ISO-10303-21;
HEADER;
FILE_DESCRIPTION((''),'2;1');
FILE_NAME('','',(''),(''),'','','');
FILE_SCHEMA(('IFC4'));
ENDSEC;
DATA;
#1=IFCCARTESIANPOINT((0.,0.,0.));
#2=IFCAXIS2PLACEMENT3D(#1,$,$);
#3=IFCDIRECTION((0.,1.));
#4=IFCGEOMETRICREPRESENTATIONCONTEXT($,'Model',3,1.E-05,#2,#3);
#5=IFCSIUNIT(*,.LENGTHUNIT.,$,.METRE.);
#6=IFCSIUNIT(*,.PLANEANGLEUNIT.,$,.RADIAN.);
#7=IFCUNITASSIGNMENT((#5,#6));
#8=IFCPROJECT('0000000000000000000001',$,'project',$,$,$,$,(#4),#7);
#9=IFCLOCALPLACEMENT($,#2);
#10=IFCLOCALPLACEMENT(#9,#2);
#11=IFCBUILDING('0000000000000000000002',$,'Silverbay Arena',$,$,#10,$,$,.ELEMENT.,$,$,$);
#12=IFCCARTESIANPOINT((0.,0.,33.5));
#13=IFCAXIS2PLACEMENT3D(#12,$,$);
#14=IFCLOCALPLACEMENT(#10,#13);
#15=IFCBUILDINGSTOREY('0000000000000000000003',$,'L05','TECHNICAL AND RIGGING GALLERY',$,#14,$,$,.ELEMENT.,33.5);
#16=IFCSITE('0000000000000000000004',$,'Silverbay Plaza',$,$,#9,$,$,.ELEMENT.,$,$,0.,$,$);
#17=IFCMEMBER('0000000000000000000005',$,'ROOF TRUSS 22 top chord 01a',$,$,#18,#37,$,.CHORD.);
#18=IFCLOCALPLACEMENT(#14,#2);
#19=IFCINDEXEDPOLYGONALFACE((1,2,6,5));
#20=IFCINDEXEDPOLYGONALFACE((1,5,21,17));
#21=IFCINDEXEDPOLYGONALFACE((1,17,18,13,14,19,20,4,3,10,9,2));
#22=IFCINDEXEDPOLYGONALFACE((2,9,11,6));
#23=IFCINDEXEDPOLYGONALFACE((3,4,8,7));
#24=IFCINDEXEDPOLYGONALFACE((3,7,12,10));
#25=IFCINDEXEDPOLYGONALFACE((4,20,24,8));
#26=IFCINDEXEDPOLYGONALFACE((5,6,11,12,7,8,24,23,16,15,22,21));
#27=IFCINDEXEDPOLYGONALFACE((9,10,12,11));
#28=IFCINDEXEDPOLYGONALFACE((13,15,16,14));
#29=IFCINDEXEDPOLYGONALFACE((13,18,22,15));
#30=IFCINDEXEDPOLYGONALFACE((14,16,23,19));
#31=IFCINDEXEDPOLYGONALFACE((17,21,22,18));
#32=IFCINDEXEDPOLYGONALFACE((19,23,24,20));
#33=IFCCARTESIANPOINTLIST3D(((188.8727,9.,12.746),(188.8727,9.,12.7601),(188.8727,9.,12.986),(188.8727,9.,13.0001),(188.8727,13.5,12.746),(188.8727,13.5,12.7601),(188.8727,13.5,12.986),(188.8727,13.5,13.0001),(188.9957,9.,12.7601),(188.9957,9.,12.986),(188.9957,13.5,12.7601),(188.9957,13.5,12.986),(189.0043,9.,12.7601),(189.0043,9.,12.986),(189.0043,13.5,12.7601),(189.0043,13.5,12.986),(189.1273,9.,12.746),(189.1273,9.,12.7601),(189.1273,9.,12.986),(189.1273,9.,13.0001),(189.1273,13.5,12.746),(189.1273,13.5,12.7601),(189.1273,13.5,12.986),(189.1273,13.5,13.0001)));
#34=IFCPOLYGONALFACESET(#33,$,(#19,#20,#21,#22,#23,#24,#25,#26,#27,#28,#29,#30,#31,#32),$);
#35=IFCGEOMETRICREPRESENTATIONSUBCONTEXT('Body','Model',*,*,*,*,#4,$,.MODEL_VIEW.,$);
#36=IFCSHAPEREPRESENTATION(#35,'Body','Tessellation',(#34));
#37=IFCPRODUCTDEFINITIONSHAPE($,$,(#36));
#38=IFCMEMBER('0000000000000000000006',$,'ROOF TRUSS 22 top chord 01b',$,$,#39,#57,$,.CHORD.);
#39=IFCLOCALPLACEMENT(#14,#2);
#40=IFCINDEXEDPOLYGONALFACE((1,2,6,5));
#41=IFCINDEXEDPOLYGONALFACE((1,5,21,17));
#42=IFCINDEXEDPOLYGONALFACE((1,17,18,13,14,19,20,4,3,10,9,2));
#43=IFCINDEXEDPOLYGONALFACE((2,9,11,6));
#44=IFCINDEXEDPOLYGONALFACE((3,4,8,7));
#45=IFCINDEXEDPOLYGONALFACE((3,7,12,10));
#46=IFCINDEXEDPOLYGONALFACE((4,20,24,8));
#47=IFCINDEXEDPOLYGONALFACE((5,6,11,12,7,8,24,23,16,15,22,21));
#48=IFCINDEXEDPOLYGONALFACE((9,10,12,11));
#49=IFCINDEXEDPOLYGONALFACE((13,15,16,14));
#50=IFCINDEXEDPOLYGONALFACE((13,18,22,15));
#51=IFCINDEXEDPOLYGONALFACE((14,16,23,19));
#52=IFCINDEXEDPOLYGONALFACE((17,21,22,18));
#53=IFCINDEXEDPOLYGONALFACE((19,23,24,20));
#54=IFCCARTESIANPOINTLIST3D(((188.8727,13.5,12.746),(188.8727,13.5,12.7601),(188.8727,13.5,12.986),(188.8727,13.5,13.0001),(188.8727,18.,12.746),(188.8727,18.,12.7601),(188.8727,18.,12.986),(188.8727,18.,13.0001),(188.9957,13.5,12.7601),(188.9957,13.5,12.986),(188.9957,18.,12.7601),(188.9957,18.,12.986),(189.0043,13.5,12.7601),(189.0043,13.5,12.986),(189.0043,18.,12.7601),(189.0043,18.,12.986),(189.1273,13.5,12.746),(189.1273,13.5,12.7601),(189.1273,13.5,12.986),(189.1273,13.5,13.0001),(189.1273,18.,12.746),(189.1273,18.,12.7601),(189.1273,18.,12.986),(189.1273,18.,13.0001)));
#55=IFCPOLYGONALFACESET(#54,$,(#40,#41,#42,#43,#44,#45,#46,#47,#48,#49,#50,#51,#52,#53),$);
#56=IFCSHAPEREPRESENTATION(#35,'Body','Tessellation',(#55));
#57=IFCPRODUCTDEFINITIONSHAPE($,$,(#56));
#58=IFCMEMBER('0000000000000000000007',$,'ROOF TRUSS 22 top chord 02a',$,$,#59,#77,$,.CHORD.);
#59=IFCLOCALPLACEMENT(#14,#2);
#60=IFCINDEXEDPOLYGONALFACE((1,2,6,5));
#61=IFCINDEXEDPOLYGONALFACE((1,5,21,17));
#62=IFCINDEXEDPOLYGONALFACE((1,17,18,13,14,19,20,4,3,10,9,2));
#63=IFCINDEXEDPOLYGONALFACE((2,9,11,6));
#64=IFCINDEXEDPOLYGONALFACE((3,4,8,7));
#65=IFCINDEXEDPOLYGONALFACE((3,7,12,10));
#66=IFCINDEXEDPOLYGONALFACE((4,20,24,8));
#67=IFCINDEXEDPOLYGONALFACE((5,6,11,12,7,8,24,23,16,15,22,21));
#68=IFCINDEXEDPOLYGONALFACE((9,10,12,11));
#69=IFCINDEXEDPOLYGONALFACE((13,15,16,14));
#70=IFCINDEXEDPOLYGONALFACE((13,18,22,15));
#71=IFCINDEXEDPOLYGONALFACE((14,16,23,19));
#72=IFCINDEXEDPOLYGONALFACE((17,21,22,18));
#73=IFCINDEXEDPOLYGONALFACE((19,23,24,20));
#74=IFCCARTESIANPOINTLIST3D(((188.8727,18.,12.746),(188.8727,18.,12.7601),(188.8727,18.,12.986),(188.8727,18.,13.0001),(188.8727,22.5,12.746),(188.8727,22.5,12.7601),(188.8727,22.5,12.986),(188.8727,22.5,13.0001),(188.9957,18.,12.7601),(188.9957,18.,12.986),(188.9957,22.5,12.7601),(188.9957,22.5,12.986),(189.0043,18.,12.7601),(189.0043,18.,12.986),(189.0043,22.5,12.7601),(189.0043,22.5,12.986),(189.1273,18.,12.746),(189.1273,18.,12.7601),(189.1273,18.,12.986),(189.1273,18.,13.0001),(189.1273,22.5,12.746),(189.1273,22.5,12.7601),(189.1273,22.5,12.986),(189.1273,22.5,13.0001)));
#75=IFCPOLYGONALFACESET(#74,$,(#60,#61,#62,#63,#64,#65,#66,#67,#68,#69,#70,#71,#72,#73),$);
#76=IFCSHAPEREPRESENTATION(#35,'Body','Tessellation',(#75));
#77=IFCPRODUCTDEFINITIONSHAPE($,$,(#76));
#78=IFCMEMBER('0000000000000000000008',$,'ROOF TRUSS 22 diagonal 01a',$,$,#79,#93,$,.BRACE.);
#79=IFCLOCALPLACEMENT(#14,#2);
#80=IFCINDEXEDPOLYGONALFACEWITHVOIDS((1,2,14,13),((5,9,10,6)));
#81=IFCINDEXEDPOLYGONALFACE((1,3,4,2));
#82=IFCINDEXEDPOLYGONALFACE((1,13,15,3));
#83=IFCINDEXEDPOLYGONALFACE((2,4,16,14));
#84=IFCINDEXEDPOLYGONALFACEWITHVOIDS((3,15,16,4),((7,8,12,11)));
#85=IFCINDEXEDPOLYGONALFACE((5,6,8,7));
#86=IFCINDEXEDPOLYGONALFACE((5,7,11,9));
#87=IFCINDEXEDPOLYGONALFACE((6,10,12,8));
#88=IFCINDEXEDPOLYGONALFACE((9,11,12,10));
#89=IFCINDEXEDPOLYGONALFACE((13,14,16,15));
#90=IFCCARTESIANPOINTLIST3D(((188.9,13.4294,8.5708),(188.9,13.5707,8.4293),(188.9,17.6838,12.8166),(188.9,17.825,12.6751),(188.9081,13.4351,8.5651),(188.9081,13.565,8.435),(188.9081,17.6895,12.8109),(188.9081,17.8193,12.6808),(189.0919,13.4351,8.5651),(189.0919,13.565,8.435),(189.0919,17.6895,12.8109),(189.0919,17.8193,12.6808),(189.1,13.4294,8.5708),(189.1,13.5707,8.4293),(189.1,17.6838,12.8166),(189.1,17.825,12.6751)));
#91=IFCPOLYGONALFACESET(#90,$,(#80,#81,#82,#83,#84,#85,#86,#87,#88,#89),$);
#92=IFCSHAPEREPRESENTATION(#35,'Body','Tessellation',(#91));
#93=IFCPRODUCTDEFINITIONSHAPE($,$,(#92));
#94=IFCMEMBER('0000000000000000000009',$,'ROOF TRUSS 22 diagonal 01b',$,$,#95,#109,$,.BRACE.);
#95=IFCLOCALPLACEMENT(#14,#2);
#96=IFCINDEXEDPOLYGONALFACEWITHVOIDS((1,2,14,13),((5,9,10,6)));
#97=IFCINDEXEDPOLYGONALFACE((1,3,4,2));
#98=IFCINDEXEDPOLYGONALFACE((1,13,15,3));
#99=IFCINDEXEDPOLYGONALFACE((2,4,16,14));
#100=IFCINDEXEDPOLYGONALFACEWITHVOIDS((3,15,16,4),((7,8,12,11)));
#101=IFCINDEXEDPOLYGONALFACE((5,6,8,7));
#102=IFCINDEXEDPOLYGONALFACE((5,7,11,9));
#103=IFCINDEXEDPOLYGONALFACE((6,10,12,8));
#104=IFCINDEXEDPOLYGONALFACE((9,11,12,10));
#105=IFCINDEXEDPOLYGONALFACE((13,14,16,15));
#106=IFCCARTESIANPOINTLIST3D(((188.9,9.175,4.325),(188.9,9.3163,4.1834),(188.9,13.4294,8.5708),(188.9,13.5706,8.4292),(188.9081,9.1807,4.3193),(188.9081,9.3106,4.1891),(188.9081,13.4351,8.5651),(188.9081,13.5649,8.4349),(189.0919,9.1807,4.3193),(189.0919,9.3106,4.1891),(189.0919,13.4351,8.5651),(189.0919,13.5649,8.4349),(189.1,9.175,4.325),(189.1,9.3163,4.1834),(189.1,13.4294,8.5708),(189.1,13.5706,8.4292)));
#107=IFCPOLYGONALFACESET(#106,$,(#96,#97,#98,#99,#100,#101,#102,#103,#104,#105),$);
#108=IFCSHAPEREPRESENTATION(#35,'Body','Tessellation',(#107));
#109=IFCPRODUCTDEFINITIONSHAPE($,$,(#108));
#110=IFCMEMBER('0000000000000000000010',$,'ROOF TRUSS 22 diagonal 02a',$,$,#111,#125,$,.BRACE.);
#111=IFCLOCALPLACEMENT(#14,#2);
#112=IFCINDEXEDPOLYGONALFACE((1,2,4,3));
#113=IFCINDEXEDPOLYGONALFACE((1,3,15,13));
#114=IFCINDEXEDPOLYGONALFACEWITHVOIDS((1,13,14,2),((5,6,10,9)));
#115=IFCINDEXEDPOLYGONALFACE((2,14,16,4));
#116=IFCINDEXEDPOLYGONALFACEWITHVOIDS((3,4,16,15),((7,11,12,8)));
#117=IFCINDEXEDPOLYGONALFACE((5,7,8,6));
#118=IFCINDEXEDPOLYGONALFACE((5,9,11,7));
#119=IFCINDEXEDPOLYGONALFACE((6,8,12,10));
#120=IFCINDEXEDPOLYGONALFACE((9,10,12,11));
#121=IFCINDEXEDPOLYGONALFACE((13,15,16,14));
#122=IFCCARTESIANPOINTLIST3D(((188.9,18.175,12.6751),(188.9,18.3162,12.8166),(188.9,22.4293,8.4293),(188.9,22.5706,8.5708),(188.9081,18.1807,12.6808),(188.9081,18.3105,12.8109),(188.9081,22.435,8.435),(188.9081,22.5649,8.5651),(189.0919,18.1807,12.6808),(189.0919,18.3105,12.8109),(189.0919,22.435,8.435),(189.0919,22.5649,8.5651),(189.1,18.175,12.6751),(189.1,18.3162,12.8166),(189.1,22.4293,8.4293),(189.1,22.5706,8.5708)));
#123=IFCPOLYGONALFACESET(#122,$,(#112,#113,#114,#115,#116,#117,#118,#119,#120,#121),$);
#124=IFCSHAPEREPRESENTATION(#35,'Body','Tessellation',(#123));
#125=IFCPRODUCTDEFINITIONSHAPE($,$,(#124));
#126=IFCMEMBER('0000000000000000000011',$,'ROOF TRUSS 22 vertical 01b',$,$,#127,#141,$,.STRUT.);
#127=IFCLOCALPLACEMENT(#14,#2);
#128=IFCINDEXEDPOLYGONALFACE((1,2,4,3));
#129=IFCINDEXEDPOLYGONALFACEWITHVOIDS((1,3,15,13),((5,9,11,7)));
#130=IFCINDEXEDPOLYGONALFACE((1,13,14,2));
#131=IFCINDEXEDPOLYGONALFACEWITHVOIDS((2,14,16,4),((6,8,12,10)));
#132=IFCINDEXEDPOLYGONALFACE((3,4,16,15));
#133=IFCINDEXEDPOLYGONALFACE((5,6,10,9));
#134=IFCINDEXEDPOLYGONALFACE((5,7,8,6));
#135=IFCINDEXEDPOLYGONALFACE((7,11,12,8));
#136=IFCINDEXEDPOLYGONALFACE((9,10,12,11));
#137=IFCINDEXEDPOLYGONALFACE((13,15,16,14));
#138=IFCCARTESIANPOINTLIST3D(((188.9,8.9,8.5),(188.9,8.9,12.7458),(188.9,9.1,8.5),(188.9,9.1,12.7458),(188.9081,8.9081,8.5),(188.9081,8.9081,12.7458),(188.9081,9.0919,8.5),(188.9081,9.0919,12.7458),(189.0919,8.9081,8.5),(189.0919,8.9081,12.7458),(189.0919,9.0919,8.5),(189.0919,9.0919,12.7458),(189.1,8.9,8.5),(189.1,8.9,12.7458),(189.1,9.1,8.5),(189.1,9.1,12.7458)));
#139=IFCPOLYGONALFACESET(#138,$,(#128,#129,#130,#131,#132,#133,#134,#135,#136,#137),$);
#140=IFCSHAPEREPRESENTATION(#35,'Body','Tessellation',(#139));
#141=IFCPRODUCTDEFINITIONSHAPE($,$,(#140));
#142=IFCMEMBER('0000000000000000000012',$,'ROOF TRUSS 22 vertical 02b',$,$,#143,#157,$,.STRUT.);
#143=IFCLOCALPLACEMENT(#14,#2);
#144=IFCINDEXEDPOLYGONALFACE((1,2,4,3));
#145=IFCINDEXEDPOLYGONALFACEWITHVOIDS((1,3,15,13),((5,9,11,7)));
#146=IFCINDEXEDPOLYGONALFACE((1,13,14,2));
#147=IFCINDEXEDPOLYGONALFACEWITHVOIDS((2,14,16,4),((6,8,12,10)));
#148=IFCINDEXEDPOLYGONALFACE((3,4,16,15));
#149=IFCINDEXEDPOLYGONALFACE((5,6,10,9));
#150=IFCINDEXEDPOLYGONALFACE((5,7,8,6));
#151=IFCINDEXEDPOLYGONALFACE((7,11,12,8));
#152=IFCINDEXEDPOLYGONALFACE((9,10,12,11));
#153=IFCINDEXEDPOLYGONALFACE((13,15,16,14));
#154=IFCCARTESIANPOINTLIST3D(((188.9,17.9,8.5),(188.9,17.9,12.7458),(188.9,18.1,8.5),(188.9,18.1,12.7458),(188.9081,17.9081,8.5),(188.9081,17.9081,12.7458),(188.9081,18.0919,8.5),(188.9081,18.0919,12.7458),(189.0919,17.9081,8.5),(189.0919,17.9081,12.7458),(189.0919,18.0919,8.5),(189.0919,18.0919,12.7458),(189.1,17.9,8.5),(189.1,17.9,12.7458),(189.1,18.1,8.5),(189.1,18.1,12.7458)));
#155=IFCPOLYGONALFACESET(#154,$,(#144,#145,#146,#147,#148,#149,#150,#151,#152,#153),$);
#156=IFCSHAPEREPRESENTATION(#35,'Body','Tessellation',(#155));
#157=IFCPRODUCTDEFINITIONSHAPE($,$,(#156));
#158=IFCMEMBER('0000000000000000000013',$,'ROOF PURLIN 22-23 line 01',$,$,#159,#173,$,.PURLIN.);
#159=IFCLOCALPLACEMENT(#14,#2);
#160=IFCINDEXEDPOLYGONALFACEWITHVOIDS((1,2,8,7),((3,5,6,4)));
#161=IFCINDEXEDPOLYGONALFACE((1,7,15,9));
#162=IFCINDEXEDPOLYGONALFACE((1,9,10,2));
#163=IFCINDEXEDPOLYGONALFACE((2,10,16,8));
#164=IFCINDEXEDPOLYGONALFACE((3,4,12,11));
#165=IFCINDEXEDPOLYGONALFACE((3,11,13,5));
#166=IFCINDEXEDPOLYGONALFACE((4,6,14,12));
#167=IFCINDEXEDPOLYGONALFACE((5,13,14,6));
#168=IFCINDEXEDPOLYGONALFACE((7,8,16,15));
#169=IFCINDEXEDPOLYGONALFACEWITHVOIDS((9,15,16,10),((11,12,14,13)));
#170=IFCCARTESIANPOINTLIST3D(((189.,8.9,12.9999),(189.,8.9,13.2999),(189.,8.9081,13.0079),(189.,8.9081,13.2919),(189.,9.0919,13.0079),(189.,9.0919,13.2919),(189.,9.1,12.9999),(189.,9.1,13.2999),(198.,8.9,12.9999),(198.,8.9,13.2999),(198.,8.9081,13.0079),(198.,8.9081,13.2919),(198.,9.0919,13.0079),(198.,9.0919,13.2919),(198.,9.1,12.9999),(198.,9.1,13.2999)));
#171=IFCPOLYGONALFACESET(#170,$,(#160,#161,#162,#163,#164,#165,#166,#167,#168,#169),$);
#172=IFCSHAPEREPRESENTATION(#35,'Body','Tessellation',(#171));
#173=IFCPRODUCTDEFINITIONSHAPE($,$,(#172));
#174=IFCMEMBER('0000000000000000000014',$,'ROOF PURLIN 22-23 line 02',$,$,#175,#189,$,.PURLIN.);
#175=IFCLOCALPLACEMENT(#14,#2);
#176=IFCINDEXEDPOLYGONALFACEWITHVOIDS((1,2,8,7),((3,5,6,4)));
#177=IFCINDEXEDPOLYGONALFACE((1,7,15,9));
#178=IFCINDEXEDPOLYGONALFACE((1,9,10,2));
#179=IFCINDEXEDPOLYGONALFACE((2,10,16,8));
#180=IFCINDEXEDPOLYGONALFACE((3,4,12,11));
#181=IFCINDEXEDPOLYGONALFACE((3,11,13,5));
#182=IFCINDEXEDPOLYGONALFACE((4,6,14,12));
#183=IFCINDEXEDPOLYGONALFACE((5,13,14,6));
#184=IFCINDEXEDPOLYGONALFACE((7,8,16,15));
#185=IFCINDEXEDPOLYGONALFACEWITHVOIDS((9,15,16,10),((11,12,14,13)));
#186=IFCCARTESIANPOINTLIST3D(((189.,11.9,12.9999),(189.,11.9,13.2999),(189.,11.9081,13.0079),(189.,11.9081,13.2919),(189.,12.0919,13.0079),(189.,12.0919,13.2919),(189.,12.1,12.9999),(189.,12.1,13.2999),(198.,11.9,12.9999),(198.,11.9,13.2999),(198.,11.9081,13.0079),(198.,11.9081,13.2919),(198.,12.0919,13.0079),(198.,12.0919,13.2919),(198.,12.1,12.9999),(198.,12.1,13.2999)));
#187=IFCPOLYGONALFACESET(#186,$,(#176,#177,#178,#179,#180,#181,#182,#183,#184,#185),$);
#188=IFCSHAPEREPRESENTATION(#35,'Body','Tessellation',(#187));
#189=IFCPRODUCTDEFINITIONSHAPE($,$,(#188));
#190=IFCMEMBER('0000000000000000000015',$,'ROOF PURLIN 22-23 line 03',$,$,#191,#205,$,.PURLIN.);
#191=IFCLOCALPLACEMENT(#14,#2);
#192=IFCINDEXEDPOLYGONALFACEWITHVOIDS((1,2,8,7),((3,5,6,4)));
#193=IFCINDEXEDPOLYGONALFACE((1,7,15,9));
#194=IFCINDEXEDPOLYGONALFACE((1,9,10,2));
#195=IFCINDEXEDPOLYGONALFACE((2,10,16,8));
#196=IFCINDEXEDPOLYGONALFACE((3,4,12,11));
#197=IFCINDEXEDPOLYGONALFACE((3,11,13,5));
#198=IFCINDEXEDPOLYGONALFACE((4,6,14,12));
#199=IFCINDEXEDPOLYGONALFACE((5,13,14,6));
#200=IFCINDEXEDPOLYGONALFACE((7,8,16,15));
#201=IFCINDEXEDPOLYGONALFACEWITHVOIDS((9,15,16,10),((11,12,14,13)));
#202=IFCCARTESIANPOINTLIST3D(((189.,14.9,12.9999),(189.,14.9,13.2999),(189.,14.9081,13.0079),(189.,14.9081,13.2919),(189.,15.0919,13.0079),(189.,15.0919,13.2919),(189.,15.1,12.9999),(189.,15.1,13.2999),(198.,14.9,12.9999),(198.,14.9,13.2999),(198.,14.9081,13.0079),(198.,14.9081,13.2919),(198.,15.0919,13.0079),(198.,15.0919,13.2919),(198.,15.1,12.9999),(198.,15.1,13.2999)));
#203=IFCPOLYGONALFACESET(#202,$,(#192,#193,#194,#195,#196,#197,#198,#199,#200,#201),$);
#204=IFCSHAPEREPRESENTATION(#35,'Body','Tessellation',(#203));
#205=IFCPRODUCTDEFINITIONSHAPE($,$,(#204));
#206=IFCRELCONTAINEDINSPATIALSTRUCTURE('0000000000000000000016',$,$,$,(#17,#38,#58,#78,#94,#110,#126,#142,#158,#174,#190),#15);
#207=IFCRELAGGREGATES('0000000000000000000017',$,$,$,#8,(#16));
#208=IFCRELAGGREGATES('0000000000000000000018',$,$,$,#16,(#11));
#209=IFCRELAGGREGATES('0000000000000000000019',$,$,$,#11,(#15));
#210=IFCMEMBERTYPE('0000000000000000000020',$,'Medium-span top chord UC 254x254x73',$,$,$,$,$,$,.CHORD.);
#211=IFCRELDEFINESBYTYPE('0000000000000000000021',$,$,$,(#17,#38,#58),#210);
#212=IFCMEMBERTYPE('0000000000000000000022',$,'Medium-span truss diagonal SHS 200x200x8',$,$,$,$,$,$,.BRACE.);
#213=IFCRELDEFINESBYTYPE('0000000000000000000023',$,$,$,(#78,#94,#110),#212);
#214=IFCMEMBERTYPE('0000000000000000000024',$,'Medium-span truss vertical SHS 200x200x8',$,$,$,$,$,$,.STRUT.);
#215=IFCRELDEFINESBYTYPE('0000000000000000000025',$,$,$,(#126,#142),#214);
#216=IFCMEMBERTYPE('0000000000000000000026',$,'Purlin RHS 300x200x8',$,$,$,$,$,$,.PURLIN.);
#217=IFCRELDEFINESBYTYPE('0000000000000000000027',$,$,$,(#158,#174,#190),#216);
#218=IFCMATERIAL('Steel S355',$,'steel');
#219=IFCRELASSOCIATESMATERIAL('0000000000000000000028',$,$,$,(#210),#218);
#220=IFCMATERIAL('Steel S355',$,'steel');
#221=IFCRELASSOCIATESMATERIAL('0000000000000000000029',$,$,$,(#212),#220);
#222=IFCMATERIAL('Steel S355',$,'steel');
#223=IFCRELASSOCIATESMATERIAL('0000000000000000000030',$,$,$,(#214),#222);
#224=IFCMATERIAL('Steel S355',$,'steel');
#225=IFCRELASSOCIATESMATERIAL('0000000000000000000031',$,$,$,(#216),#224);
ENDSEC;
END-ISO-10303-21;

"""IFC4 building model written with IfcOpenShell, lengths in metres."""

from ifc_helpers import new_model, si_unit, direction, frame, origin, origin_2d, place, context, subcontext, project, spatial, hollow_rectangle, i_section, extrude, material, material_profile, profile_set, type_object, element, save


model = new_model("IFC4")

# Units and contexts
model_context = context("Model", 3, precision=1e-05, world=origin(), true_north=direction((0.0, 1.0)))
body_context = subcontext(model_context, "Body", "Model", "MODEL_VIEW")
ifc_project = project(units=[si_unit("LENGTHUNIT", "METRE"), si_unit("PLANEANGLEUNIT", "RADIAN")], contexts=[model_context])

# Site, building, storey
site_placement = place(None, origin())
site = spatial("IfcSite", under=ifc_project, at=site_placement, Name="Silverbay Plaza", CompositionType="ELEMENT", RefElevation=0.0)
building_placement = place(site_placement, origin())
building = spatial("IfcBuilding", under=site, at=building_placement, Name="Silverbay Arena", CompositionType="ELEMENT")
storey_placement = place(building_placement, frame((0.0, 0.0, 33.5)))
storey = spatial("IfcBuildingStorey", under=building, at=storey_placement, Name="L05", Description="TECHNICAL AND RIGGING GALLERY", CompositionType="ELEMENT", Elevation=33.5)

# Members
ifc_material_1 = material(Name="Steel S355", Category="steel")
ifc_material_profile_1 = material_profile(ifc_material_1, i_section(OverallWidth=0.2546, OverallDepth=0.2542, WebThickness=0.0085, FlangeThickness=0.0142, at=origin_2d()), Name="UC 254x254x73")
ifc_profile_set_1 = profile_set([ifc_material_profile_1], Name="Steel S355")
member_type_1 = type_object("IfcMemberType", Name="Medium-span top chord UC 254x254x73", PredefinedType="CHORD", material=ifc_profile_set_1)
for number, where, z_axis, x_axis, name in (
    (1, (189.0, 9.0, 12.873), (0.0, 1.0, 0.0), (-1.0, 0.0, 0.0), "ROOF TRUSS 22 top chord 01a"),
    (2, (189.0, 13.5, 12.873), (0.0, 1.0, 0.0), (-1.0, 0.0, 0.0), "ROOF TRUSS 22 top chord 01b"),
    (3, (189.0, 18.0, 12.873), (0.0, 1.0, 0.0), (-1.0, 0.0, 0.0), "ROOF TRUSS 22 top chord 02a"),
):
    element("IfcMember", number, at=place(storey_placement, frame(where, z_axis=z_axis, x_axis=x_axis)), inside=storey, type_object=member_type_1, Name=name, PredefinedType="CHORD", context=body_context, shape_type="SweptSolid", body=[
        extrude(i_section(OverallWidth=0.2546, OverallDepth=0.2542, WebThickness=0.0085, FlangeThickness=0.0142, at=origin_2d()), origin(), (0.0, 0.0, 1.0), 4.5),
    ])
ifc_material_2 = material(Name="Steel S355", Category="steel")
ifc_material_profile_2 = material_profile(ifc_material_2, hollow_rectangle(XDim=0.2, YDim=0.2, WallThickness=0.0081, at=origin_2d()), Name="SHS 200x200x8")
ifc_profile_set_2 = profile_set([ifc_material_profile_2], Name="Steel S355")
member_type_2 = type_object("IfcMemberType", Name="Medium-span truss diagonal SHS 200x200x8", PredefinedType="BRACE", material=ifc_profile_set_2)
for number, where, z_axis, x_axis, name in (
    (4, (189.0, 17.7544, 12.7458), (0.0, -0.707817, -0.706396), (1.0, 0.0, 0.0), "ROOF TRUSS 22 diagonal 01a"),
    (5, (189.0, 13.5, 8.5), (0.0, -0.707817, -0.706396), (1.0, 0.0, 0.0), "ROOF TRUSS 22 diagonal 01b"),
    (6, (189.0, 18.2456, 12.7458), (0.0, 0.707817, -0.706396), (-1.0, 0.0, 0.0), "ROOF TRUSS 22 diagonal 02a"),
):
    element("IfcMember", number, at=place(storey_placement, frame(where, z_axis=z_axis, x_axis=x_axis)), inside=storey, type_object=member_type_2, Name=name, PredefinedType="BRACE", context=body_context, shape_type="SweptSolid", body=[
        extrude(hollow_rectangle(XDim=0.2, YDim=0.2, WallThickness=0.0081, at=origin_2d()), origin(), (0.0, 0.0, 1.0), 6.0105),
    ])
ifc_material_3 = material(Name="Steel S355", Category="steel")
ifc_material_profile_3 = material_profile(ifc_material_3, hollow_rectangle(XDim=0.2, YDim=0.2, WallThickness=0.0081, at=origin_2d()), Name="SHS 200x200x8")
ifc_profile_set_3 = profile_set([ifc_material_profile_3], Name="Steel S355")
member_type_3 = type_object("IfcMemberType", Name="Medium-span truss vertical SHS 200x200x8", PredefinedType="STRUT", material=ifc_profile_set_3)
for number, where, z_axis, x_axis, name in (
    (7, (189.0, 9.0, 8.5), (0.0, 0.0, 1.0), (1.0, 0.0, 0.0), "ROOF TRUSS 22 vertical 01b"),
    (8, (189.0, 18.0, 8.5), (0.0, 0.0, 1.0), (1.0, 0.0, 0.0), "ROOF TRUSS 22 vertical 02b"),
):
    element("IfcMember", number, at=place(storey_placement, frame(where, z_axis=z_axis, x_axis=x_axis)), inside=storey, type_object=member_type_3, Name=name, PredefinedType="STRUT", context=body_context, shape_type="SweptSolid", body=[
        extrude(hollow_rectangle(XDim=0.2, YDim=0.2, WallThickness=0.0081, at=origin_2d()), origin(), (0.0, 0.0, 1.0), 4.2458),
    ])
ifc_material_4 = material(Name="Steel S355", Category="steel")
ifc_material_profile_4 = material_profile(ifc_material_4, hollow_rectangle(XDim=0.2, YDim=0.3, WallThickness=0.0081, at=origin_2d()), Name="RHS 300x200x8")
ifc_profile_set_4 = profile_set([ifc_material_profile_4], Name="Steel S355")
member_type_4 = type_object("IfcMemberType", Name="Purlin RHS 300x200x8", PredefinedType="PURLIN", material=ifc_profile_set_4)
for number, where, z_axis, x_axis, name in (
    (9, (189.0, 9.0, 13.1499), (1.0, 0.0, 0.0), (0.0, 1.0, 0.0), "ROOF PURLIN 22-23 line 01"),
    (10, (189.0, 12.0, 13.1499), (1.0, 0.0, 0.0), (0.0, 1.0, 0.0), "ROOF PURLIN 22-23 line 02"),
    (11, (189.0, 15.0, 13.1499), (1.0, 0.0, 0.0), (0.0, 1.0, 0.0), "ROOF PURLIN 22-23 line 03"),
):
    element("IfcMember", number, at=place(storey_placement, frame(where, z_axis=z_axis, x_axis=x_axis)), inside=storey, type_object=member_type_4, Name=name, PredefinedType="PURLIN", context=body_context, shape_type="SweptSolid", body=[
        extrude(hollow_rectangle(XDim=0.2, YDim=0.3, WallThickness=0.0081, at=origin_2d()), origin(), (0.0, 0.0, 1.0), 9.0),
    ])

save(model, "model.ifc")
